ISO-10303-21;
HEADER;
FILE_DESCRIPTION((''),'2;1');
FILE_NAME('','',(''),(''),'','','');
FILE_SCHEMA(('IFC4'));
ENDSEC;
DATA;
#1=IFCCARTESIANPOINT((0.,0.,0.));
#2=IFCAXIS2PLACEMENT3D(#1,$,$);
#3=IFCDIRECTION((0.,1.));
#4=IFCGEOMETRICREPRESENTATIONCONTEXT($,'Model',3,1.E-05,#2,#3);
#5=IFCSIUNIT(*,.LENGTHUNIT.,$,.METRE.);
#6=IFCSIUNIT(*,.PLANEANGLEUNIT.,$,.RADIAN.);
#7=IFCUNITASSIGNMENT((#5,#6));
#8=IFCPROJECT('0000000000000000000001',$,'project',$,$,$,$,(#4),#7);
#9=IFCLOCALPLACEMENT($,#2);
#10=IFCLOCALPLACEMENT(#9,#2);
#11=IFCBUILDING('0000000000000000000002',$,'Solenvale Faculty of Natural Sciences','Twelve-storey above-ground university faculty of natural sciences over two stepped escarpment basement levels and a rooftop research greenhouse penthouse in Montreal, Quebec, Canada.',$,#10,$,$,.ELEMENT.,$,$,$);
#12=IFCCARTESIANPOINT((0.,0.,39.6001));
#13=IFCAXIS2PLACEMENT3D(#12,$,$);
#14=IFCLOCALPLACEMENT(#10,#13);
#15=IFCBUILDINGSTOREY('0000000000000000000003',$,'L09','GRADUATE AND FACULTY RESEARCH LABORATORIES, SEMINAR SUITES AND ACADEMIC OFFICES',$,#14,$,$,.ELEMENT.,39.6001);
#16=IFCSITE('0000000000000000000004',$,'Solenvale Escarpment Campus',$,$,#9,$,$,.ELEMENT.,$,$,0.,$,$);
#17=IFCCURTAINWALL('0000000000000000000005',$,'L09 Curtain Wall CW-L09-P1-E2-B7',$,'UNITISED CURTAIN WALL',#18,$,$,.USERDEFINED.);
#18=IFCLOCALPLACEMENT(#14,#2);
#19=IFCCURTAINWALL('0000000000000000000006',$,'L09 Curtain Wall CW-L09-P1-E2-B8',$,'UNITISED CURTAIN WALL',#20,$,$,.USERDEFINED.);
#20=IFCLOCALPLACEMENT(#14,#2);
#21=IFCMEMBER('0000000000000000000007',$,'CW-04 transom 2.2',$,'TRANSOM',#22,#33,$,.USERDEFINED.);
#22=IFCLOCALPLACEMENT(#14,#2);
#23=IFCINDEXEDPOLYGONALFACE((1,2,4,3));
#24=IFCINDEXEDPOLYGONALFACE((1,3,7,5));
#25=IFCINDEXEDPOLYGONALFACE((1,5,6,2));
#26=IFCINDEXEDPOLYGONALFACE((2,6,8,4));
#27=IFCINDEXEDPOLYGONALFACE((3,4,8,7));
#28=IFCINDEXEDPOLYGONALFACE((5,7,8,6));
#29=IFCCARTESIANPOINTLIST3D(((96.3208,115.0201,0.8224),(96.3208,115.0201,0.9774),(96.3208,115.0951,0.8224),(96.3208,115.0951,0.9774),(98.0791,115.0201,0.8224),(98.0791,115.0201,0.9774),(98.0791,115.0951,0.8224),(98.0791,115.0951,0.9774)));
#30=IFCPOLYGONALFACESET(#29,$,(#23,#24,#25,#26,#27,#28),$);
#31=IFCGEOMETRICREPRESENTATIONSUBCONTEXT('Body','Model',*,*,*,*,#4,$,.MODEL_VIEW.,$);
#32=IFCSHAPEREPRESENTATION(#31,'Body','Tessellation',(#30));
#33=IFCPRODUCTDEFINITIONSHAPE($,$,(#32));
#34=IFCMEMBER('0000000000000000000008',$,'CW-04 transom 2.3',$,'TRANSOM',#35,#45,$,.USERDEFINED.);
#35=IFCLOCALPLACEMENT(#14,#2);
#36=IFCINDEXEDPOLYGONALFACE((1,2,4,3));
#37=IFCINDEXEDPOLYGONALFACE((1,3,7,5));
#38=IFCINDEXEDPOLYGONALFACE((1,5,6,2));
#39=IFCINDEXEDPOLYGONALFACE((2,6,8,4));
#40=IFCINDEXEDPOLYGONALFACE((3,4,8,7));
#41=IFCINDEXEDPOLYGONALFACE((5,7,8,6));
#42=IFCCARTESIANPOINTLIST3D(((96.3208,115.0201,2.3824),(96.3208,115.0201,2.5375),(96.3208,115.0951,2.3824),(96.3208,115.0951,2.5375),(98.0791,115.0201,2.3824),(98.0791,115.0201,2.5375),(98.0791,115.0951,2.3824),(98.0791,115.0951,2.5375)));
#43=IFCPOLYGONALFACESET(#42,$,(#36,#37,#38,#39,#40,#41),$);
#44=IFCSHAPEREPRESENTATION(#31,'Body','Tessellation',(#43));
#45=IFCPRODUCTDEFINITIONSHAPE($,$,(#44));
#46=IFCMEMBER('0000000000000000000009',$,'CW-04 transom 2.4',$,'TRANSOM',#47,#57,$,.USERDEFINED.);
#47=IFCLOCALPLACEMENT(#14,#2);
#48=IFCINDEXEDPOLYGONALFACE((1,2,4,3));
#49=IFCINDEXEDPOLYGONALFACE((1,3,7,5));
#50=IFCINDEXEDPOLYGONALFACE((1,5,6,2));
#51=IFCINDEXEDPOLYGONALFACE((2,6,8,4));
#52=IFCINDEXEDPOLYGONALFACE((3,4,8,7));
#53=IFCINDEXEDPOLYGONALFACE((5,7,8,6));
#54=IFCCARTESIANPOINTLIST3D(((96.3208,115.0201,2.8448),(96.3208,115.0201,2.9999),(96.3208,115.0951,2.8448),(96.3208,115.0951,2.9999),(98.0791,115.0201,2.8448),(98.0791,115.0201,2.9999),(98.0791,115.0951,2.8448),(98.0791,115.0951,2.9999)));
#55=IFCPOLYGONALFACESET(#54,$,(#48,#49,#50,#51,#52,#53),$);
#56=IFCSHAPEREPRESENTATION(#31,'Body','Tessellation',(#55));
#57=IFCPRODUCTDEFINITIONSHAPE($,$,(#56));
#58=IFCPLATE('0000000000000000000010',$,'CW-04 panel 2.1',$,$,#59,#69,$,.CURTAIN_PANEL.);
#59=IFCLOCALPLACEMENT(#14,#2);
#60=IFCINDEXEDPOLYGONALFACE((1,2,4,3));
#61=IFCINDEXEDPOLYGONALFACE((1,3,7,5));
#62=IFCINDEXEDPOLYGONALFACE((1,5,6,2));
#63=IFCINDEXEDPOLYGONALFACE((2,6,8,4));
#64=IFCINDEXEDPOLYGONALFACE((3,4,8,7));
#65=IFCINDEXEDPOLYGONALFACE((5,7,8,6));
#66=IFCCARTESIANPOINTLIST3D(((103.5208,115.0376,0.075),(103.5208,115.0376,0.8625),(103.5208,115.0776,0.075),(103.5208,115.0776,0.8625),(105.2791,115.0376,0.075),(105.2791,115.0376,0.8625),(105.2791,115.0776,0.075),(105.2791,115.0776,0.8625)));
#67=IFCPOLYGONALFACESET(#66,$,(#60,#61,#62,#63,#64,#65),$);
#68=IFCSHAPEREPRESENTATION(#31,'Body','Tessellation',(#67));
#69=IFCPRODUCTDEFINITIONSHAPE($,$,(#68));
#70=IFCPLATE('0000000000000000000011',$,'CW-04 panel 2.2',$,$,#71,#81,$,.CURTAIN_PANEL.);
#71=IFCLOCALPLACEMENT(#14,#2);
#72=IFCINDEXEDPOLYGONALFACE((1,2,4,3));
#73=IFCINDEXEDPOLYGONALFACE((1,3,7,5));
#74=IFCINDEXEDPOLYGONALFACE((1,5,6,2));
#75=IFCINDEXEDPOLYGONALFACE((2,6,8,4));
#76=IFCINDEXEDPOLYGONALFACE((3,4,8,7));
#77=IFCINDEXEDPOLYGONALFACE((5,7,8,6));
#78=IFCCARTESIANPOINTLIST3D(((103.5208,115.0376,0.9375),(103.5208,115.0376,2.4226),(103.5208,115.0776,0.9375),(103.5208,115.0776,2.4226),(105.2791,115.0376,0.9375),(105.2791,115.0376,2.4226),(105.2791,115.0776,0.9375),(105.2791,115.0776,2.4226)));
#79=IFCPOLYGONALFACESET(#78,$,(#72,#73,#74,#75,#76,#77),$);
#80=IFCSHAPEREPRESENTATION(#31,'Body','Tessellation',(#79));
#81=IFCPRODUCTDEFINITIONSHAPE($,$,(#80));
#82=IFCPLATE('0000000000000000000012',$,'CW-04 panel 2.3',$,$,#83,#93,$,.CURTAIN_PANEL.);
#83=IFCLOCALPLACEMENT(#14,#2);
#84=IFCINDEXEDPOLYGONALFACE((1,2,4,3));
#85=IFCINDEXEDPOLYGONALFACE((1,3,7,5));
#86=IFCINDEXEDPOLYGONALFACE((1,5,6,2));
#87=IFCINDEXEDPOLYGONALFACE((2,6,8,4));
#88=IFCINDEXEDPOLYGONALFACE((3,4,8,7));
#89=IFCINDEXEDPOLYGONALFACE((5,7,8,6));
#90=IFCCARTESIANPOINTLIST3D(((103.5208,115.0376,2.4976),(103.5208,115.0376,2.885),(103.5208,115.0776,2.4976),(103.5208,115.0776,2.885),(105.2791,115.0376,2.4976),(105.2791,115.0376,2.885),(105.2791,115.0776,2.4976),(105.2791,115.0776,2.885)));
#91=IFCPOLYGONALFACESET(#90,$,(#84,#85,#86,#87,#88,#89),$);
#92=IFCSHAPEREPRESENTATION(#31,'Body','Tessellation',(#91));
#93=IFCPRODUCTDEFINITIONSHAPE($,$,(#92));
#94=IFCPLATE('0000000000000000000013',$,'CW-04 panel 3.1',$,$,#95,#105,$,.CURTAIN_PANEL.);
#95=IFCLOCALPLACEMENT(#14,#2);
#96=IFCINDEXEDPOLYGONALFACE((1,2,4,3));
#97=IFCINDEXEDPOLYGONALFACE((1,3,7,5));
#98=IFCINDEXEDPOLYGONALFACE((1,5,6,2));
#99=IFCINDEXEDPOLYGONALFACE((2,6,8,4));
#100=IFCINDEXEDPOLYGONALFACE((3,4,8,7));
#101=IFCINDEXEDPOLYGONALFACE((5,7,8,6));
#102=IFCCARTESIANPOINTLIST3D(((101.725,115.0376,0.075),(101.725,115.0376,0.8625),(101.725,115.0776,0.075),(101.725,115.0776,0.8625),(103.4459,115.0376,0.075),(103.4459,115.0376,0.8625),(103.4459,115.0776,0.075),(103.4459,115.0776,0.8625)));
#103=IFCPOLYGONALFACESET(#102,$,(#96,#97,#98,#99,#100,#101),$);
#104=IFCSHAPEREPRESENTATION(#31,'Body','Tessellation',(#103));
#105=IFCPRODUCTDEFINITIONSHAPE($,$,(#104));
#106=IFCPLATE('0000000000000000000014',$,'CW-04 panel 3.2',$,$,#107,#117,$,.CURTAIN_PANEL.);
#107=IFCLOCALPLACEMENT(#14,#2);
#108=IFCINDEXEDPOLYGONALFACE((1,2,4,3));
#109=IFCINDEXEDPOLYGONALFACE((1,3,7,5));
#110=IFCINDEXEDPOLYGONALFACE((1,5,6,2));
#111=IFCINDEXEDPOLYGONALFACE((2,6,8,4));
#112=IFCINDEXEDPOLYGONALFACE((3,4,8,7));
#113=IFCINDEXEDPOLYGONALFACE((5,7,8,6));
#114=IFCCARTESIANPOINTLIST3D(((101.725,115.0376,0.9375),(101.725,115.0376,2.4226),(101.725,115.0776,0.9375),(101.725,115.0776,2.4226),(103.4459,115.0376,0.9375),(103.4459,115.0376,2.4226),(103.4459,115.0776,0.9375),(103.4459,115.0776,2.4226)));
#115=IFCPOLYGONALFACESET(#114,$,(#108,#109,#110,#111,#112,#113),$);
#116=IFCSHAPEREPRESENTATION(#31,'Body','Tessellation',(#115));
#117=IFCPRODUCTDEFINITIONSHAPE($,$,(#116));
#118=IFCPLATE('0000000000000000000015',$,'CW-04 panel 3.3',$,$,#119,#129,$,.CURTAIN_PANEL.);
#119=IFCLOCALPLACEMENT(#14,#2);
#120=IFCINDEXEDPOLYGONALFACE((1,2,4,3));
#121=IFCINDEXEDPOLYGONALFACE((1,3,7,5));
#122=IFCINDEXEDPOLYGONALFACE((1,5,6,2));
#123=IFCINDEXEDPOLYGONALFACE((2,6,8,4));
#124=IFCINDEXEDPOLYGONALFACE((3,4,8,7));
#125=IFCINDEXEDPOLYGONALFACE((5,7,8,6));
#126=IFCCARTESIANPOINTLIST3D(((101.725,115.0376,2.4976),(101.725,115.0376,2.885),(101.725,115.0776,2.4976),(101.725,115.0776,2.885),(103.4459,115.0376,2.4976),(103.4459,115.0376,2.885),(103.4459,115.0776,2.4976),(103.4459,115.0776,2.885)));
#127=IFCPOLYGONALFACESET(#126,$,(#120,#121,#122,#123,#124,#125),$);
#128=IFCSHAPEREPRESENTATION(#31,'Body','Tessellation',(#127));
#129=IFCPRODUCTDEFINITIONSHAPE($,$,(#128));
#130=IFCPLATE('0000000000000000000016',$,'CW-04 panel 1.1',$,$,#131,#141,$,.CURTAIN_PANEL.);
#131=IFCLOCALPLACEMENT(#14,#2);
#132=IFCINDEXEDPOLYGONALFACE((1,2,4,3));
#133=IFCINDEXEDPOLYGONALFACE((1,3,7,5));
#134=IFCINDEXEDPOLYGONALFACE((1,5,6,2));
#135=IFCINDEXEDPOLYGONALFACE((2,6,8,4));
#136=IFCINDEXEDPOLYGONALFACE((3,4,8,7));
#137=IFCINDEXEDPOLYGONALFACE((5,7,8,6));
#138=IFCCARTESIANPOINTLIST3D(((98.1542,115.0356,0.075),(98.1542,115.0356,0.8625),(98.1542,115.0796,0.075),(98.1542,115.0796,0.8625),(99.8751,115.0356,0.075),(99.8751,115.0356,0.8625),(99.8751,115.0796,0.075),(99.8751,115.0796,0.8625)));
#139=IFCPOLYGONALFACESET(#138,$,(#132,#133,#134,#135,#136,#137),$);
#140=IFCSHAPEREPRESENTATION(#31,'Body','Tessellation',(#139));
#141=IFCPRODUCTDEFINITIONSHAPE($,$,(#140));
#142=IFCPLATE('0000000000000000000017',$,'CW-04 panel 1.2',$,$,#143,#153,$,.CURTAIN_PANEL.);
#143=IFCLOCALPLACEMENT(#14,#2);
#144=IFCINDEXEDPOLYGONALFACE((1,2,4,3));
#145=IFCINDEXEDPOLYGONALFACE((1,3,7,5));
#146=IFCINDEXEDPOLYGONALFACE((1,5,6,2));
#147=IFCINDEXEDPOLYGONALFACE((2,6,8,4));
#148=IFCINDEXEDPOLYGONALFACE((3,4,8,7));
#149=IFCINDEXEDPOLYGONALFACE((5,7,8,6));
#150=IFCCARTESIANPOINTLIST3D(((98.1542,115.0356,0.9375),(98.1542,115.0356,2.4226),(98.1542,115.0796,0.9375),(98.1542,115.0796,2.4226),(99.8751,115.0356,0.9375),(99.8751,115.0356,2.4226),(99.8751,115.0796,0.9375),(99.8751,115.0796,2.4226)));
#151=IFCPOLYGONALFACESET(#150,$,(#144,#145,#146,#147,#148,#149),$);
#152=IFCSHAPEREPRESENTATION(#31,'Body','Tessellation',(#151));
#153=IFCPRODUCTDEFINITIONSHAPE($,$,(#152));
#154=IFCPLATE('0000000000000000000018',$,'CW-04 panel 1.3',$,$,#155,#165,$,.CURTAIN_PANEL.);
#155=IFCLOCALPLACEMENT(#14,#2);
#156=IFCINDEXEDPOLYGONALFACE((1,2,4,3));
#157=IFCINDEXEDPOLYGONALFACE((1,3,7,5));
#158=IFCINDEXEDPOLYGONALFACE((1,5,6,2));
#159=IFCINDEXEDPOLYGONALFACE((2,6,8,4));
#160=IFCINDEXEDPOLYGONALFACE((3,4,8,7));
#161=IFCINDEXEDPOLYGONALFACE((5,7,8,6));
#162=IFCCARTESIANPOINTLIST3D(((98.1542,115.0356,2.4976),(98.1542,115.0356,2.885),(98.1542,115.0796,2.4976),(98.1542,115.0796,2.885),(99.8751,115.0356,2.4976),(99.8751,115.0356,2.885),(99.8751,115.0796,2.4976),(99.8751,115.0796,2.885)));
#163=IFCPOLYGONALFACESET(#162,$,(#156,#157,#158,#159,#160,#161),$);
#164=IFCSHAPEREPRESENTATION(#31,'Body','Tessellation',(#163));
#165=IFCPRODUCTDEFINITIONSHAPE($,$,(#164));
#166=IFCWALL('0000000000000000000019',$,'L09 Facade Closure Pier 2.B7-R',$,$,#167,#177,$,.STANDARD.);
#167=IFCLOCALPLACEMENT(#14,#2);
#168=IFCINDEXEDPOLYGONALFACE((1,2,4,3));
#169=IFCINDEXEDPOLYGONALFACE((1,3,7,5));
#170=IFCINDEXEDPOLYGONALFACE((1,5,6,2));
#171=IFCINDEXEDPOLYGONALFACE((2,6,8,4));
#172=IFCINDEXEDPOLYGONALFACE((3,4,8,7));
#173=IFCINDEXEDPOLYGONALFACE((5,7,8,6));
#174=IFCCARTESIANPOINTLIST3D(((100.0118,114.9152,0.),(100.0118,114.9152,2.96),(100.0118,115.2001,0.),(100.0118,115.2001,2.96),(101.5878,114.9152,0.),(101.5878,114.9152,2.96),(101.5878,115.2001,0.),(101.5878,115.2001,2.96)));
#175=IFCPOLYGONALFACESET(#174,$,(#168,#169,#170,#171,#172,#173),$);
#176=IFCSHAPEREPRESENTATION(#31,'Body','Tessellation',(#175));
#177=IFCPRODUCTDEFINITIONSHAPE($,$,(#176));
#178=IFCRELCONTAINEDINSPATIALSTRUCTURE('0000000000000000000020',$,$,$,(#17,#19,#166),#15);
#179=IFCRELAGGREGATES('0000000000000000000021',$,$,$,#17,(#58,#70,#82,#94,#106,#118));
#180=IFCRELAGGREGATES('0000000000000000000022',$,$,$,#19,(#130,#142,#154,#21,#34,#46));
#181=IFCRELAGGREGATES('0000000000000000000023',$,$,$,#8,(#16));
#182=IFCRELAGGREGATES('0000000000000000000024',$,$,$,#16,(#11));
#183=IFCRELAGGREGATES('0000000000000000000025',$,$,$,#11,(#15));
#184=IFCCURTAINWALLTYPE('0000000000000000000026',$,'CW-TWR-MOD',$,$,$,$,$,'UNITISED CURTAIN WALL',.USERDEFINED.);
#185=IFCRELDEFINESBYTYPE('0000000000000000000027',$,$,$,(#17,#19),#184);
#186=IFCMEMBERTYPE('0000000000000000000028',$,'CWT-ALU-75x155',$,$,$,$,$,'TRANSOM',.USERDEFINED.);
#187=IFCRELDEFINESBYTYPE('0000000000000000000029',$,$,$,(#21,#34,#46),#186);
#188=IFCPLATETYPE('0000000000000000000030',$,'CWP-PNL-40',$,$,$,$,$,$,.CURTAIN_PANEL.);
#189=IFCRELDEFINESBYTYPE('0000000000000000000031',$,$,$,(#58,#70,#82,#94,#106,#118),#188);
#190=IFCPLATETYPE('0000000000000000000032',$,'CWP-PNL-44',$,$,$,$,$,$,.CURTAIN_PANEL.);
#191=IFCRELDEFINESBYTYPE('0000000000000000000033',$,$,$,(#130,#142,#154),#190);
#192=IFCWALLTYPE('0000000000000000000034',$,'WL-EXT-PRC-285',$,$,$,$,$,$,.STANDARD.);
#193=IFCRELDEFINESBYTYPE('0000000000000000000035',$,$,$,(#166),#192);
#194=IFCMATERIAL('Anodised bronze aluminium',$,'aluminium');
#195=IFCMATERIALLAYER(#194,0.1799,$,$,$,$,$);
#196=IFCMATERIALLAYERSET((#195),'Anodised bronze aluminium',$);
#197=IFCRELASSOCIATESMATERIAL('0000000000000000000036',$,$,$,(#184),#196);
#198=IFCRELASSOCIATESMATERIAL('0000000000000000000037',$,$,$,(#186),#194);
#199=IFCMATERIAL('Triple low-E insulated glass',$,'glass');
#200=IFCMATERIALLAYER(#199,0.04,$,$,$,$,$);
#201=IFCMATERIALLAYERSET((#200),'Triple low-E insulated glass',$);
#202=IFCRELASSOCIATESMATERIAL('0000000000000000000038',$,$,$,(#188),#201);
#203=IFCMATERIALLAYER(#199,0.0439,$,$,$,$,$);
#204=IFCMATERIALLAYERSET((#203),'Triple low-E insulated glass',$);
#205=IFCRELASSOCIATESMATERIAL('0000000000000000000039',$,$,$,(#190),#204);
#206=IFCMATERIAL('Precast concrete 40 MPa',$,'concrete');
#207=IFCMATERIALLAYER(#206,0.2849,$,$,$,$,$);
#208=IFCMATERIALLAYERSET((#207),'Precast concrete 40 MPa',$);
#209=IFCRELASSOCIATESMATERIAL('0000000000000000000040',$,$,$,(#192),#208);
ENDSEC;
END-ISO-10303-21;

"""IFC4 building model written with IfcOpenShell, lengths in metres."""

from ifc_helpers import new_model, si_unit, direction, frame, frame_2d, origin, origin_2d, place, context, subcontext, project, spatial, rectangle, extrude, material, layer, layer_set, material_profile, profile_set, type_object, element, aggregate, save


model = new_model("IFC4")

# Units and contexts
model_context = context("Model", 3, precision=1e-05, world=origin(), true_north=direction((0.0, 1.0)))
body_context = subcontext(model_context, "Body", "Model", "MODEL_VIEW")
ifc_project = project(units=[si_unit("LENGTHUNIT", "METRE"), si_unit("PLANEANGLEUNIT", "RADIAN")], contexts=[model_context])

# Site, building, storey
site_placement = place(None, origin())
site = spatial("IfcSite", under=ifc_project, at=site_placement, Name="Solenvale Escarpment Campus", CompositionType="ELEMENT", RefElevation=0.0)
building_placement = place(site_placement, origin())
building = spatial("IfcBuilding", under=site, at=building_placement, Name="Solenvale Faculty of Natural Sciences", Description="Twelve-storey above-ground university faculty of natural sciences over two stepped escarpment basement levels and a rooftop research greenhouse penthouse in Montreal, Quebec, Canada.", CompositionType="ELEMENT")
storey_placement = place(building_placement, frame((0.0, 0.0, 39.6001)))
storey = spatial("IfcBuildingStorey", under=building, at=storey_placement, Name="L09", Description="GRADUATE AND FACULTY RESEARCH LABORATORIES, SEMINAR SUITES AND ACADEMIC OFFICES", CompositionType="ELEMENT", Elevation=39.6001)

# Shared definitions
ifc_material_1 = material(Name="Precast concrete 40 MPa", Category="concrete")

# Curtain walls
ifc_material_2 = material(Name="Anodised bronze aluminium", Category="aluminium")
ifc_layer_1 = layer(ifc_material_2, 0.1799)
ifc_layer_set_1 = layer_set([ifc_layer_1], Name="Anodised bronze aluminium")
curtain_wall_type = type_object("IfcCurtainWallType", Name="CW-TWR-MOD", ElementType="UNITISED CURTAIN WALL", PredefinedType="USERDEFINED", material=ifc_layer_set_1)
curtain_wall_1_placement = place(storey_placement, origin())
curtain_wall_1 = element("IfcCurtainWall", 1, at=curtain_wall_1_placement, inside=storey, type_object=curtain_wall_type, Name="L09 Curtain Wall CW-L09-P1-E2-B7", ObjectType="UNITISED CURTAIN WALL", PredefinedType="USERDEFINED")
curtain_wall_2_placement = place(storey_placement, origin())
curtain_wall_2 = element("IfcCurtainWall", 2, at=curtain_wall_2_placement, inside=storey, type_object=curtain_wall_type, Name="L09 Curtain Wall CW-L09-P1-E2-B8", ObjectType="UNITISED CURTAIN WALL", PredefinedType="USERDEFINED")

# Members
ifc_material_profile_1 = material_profile(ifc_material_2, rectangle(XDim=0.075, YDim=0.155, at=origin_2d()), Name="ALU-TRN-75x155")
ifc_profile_set_1 = profile_set([ifc_material_profile_1], Name="Anodised bronze aluminium")
member_type_1 = type_object("IfcMemberType", Name="CWT-ALU-75x155", ElementType="TRANSOM", PredefinedType="USERDEFINED", material=ifc_profile_set_1)
member_1_placement = place(storey_placement, frame((98.0791, 115.0576, 0.8999), z_axis=(-1.0, 0.0, 0.0), x_axis=(0.0, -1.0, 0.0)))
member_1 = element("IfcMember", 3, at=member_1_placement, type_object=member_type_1, Name="CW-04 transom 2.2", ObjectType="TRANSOM", PredefinedType="USERDEFINED", context=body_context, shape_type="SweptSolid", body=[
    extrude(rectangle(XDim=0.075, YDim=0.155, at=origin_2d()), origin(), (0.0, 0.0, 1.0), 1.7583),
])
member_2_placement = place(storey_placement, frame((98.0791, 115.0576, 2.46), z_axis=(-1.0, 0.0, 0.0), x_axis=(0.0, -1.0, 0.0)))
member_2 = element("IfcMember", 4, at=member_2_placement, type_object=member_type_1, Name="CW-04 transom 2.3", ObjectType="TRANSOM", PredefinedType="USERDEFINED", context=body_context, shape_type="SweptSolid", body=[
    extrude(rectangle(XDim=0.075, YDim=0.155, at=origin_2d()), origin(), (0.0, 0.0, 1.0), 1.7583),
])
member_3_placement = place(storey_placement, frame((98.0791, 115.0576, 2.9224), z_axis=(-1.0, 0.0, 0.0), x_axis=(0.0, -1.0, 0.0)))
member_3 = element("IfcMember", 5, at=member_3_placement, type_object=member_type_1, Name="CW-04 transom 2.4", ObjectType="TRANSOM", PredefinedType="USERDEFINED", context=body_context, shape_type="SweptSolid", body=[
    extrude(rectangle(XDim=0.075, YDim=0.155, at=origin_2d()), origin(), (0.0, 0.0, 1.0), 1.7583),
])

# Plates
ifc_material_3 = material(Name="Triple low-E insulated glass", Category="glass")
ifc_layer_2 = layer(ifc_material_3, 0.04)
ifc_layer_set_2 = layer_set([ifc_layer_2], Name="Triple low-E insulated glass")
plate_type_1 = type_object("IfcPlateType", Name="CWP-PNL-40", PredefinedType="CURTAIN_PANEL", material=ifc_layer_set_2)
plate_1_placement = place(storey_placement, frame((104.3999, 115.0576, 0.075), z_axis=(0.0, 0.0, 1.0), x_axis=(-1.0, 0.0, 0.0)))
plate_1 = element("IfcPlate", 6, at=plate_1_placement, type_object=plate_type_1, Name="CW-04 panel 2.1", PredefinedType="CURTAIN_PANEL", context=body_context, shape_type="SweptSolid", body=[
    extrude(rectangle(XDim=1.7583, YDim=0.04, at=origin_2d()), origin(), (0.0, 0.0, 1.0), 0.7876),
])
plate_2_placement = place(storey_placement, frame((104.3999, 115.0576, 0.9375), z_axis=(0.0, 0.0, 1.0), x_axis=(-1.0, 0.0, 0.0)))
plate_2 = element("IfcPlate", 7, at=plate_2_placement, type_object=plate_type_1, Name="CW-04 panel 2.2", PredefinedType="CURTAIN_PANEL", context=body_context, shape_type="SweptSolid", body=[
    extrude(rectangle(XDim=1.7583, YDim=0.04, at=origin_2d()), origin(), (0.0, 0.0, 1.0), 1.4851),
])
plate_3_placement = place(storey_placement, frame((104.3999, 115.0576, 2.4976), z_axis=(0.0, 0.0, 1.0), x_axis=(-1.0, 0.0, 0.0)))
plate_3 = element("IfcPlate", 8, at=plate_3_placement, type_object=plate_type_1, Name="CW-04 panel 2.3", PredefinedType="CURTAIN_PANEL", context=body_context, shape_type="SweptSolid", body=[
    extrude(rectangle(XDim=1.7583, YDim=0.04, at=origin_2d()), origin(), (0.0, 0.0, 1.0), 0.3875),
])
plate_4_placement = place(storey_placement, frame((102.5854, 115.0576, 0.075), z_axis=(0.0, 0.0, 1.0), x_axis=(-1.0, 0.0, 0.0)))
plate_4 = element("IfcPlate", 9, at=plate_4_placement, type_object=plate_type_1, Name="CW-04 panel 3.1", PredefinedType="CURTAIN_PANEL", context=body_context, shape_type="SweptSolid", body=[
    extrude(rectangle(XDim=1.7209, YDim=0.04, at=origin_2d()), origin(), (0.0, 0.0, 1.0), 0.7876),
])
plate_5_placement = place(storey_placement, frame((102.5854, 115.0576, 0.9375), z_axis=(0.0, 0.0, 1.0), x_axis=(-1.0, 0.0, 0.0)))
plate_5 = element("IfcPlate", 10, at=plate_5_placement, type_object=plate_type_1, Name="CW-04 panel 3.2", PredefinedType="CURTAIN_PANEL", context=body_context, shape_type="SweptSolid", body=[
    extrude(rectangle(XDim=1.7209, YDim=0.04, at=origin_2d()), origin(), (0.0, 0.0, 1.0), 1.4851),
])
plate_6_placement = place(storey_placement, frame((102.5854, 115.0576, 2.4976), z_axis=(0.0, 0.0, 1.0), x_axis=(-1.0, 0.0, 0.0)))
plate_6 = element("IfcPlate", 11, at=plate_6_placement, type_object=plate_type_1, Name="CW-04 panel 3.3", PredefinedType="CURTAIN_PANEL", context=body_context, shape_type="SweptSolid", body=[
    extrude(rectangle(XDim=1.7209, YDim=0.04, at=origin_2d()), origin(), (0.0, 0.0, 1.0), 0.3875),
])
aggregate(curtain_wall_1, [plate_1, plate_2, plate_3, plate_4, plate_5, plate_6])
ifc_layer_3 = layer(ifc_material_3, 0.0439)
ifc_layer_set_3 = layer_set([ifc_layer_3], Name="Triple low-E insulated glass")
plate_type_2 = type_object("IfcPlateType", Name="CWP-PNL-44", PredefinedType="CURTAIN_PANEL", material=ifc_layer_set_3)
plate_7_placement = place(storey_placement, frame((99.0146, 115.0576, 0.075), z_axis=(0.0, 0.0, 1.0), x_axis=(-1.0, 0.0, 0.0)))
plate_7 = element("IfcPlate", 12, at=plate_7_placement, type_object=plate_type_2, Name="CW-04 panel 1.1", PredefinedType="CURTAIN_PANEL", context=body_context, shape_type="SweptSolid", body=[
    extrude(rectangle(XDim=1.7209, YDim=0.0439, at=origin_2d()), origin(), (0.0, 0.0, 1.0), 0.7876),
])
plate_8_placement = place(storey_placement, frame((99.0146, 115.0576, 0.9375), z_axis=(0.0, 0.0, 1.0), x_axis=(-1.0, 0.0, 0.0)))
plate_8 = element("IfcPlate", 13, at=plate_8_placement, type_object=plate_type_2, Name="CW-04 panel 1.2", PredefinedType="CURTAIN_PANEL", context=body_context, shape_type="SweptSolid", body=[
    extrude(rectangle(XDim=1.7209, YDim=0.0439, at=origin_2d()), origin(), (0.0, 0.0, 1.0), 1.4851),
])
plate_9_placement = place(storey_placement, frame((99.0146, 115.0576, 2.4976), z_axis=(0.0, 0.0, 1.0), x_axis=(-1.0, 0.0, 0.0)))
plate_9 = element("IfcPlate", 14, at=plate_9_placement, type_object=plate_type_2, Name="CW-04 panel 1.3", PredefinedType="CURTAIN_PANEL", context=body_context, shape_type="SweptSolid", body=[
    extrude(rectangle(XDim=1.7209, YDim=0.0439, at=origin_2d()), origin(), (0.0, 0.0, 1.0), 0.3875),
])
aggregate(curtain_wall_2, [plate_7, plate_8, plate_9, member_1, member_2, member_3])

# Wall
ifc_layer_4 = layer(ifc_material_1, 0.2849)
ifc_layer_set_4 = layer_set([ifc_layer_4], Name="Precast concrete 40 MPa")
wall_type = type_object("IfcWallType", Name="WL-EXT-PRC-285", PredefinedType="STANDARD", material=ifc_layer_set_4)
wall_placement = place(storey_placement, frame((101.5879, 115.0576, 0.0), z_axis=(0.0, 0.0, 1.0), x_axis=(-1.0, 0.0, 0.0)))
element("IfcWall", 15, at=wall_placement, inside=storey, type_object=wall_type, Name="L09 Facade Closure Pier 2.B7-R", PredefinedType="STANDARD", context=body_context, shape_type="SweptSolid", body=[
    extrude(rectangle(XDim=1.5759, YDim=0.2849, at=frame_2d((0.7881, 0.0))), origin(), (0.0, 0.0, 1.0), 2.96),
])

save(model, "model.ifc")
